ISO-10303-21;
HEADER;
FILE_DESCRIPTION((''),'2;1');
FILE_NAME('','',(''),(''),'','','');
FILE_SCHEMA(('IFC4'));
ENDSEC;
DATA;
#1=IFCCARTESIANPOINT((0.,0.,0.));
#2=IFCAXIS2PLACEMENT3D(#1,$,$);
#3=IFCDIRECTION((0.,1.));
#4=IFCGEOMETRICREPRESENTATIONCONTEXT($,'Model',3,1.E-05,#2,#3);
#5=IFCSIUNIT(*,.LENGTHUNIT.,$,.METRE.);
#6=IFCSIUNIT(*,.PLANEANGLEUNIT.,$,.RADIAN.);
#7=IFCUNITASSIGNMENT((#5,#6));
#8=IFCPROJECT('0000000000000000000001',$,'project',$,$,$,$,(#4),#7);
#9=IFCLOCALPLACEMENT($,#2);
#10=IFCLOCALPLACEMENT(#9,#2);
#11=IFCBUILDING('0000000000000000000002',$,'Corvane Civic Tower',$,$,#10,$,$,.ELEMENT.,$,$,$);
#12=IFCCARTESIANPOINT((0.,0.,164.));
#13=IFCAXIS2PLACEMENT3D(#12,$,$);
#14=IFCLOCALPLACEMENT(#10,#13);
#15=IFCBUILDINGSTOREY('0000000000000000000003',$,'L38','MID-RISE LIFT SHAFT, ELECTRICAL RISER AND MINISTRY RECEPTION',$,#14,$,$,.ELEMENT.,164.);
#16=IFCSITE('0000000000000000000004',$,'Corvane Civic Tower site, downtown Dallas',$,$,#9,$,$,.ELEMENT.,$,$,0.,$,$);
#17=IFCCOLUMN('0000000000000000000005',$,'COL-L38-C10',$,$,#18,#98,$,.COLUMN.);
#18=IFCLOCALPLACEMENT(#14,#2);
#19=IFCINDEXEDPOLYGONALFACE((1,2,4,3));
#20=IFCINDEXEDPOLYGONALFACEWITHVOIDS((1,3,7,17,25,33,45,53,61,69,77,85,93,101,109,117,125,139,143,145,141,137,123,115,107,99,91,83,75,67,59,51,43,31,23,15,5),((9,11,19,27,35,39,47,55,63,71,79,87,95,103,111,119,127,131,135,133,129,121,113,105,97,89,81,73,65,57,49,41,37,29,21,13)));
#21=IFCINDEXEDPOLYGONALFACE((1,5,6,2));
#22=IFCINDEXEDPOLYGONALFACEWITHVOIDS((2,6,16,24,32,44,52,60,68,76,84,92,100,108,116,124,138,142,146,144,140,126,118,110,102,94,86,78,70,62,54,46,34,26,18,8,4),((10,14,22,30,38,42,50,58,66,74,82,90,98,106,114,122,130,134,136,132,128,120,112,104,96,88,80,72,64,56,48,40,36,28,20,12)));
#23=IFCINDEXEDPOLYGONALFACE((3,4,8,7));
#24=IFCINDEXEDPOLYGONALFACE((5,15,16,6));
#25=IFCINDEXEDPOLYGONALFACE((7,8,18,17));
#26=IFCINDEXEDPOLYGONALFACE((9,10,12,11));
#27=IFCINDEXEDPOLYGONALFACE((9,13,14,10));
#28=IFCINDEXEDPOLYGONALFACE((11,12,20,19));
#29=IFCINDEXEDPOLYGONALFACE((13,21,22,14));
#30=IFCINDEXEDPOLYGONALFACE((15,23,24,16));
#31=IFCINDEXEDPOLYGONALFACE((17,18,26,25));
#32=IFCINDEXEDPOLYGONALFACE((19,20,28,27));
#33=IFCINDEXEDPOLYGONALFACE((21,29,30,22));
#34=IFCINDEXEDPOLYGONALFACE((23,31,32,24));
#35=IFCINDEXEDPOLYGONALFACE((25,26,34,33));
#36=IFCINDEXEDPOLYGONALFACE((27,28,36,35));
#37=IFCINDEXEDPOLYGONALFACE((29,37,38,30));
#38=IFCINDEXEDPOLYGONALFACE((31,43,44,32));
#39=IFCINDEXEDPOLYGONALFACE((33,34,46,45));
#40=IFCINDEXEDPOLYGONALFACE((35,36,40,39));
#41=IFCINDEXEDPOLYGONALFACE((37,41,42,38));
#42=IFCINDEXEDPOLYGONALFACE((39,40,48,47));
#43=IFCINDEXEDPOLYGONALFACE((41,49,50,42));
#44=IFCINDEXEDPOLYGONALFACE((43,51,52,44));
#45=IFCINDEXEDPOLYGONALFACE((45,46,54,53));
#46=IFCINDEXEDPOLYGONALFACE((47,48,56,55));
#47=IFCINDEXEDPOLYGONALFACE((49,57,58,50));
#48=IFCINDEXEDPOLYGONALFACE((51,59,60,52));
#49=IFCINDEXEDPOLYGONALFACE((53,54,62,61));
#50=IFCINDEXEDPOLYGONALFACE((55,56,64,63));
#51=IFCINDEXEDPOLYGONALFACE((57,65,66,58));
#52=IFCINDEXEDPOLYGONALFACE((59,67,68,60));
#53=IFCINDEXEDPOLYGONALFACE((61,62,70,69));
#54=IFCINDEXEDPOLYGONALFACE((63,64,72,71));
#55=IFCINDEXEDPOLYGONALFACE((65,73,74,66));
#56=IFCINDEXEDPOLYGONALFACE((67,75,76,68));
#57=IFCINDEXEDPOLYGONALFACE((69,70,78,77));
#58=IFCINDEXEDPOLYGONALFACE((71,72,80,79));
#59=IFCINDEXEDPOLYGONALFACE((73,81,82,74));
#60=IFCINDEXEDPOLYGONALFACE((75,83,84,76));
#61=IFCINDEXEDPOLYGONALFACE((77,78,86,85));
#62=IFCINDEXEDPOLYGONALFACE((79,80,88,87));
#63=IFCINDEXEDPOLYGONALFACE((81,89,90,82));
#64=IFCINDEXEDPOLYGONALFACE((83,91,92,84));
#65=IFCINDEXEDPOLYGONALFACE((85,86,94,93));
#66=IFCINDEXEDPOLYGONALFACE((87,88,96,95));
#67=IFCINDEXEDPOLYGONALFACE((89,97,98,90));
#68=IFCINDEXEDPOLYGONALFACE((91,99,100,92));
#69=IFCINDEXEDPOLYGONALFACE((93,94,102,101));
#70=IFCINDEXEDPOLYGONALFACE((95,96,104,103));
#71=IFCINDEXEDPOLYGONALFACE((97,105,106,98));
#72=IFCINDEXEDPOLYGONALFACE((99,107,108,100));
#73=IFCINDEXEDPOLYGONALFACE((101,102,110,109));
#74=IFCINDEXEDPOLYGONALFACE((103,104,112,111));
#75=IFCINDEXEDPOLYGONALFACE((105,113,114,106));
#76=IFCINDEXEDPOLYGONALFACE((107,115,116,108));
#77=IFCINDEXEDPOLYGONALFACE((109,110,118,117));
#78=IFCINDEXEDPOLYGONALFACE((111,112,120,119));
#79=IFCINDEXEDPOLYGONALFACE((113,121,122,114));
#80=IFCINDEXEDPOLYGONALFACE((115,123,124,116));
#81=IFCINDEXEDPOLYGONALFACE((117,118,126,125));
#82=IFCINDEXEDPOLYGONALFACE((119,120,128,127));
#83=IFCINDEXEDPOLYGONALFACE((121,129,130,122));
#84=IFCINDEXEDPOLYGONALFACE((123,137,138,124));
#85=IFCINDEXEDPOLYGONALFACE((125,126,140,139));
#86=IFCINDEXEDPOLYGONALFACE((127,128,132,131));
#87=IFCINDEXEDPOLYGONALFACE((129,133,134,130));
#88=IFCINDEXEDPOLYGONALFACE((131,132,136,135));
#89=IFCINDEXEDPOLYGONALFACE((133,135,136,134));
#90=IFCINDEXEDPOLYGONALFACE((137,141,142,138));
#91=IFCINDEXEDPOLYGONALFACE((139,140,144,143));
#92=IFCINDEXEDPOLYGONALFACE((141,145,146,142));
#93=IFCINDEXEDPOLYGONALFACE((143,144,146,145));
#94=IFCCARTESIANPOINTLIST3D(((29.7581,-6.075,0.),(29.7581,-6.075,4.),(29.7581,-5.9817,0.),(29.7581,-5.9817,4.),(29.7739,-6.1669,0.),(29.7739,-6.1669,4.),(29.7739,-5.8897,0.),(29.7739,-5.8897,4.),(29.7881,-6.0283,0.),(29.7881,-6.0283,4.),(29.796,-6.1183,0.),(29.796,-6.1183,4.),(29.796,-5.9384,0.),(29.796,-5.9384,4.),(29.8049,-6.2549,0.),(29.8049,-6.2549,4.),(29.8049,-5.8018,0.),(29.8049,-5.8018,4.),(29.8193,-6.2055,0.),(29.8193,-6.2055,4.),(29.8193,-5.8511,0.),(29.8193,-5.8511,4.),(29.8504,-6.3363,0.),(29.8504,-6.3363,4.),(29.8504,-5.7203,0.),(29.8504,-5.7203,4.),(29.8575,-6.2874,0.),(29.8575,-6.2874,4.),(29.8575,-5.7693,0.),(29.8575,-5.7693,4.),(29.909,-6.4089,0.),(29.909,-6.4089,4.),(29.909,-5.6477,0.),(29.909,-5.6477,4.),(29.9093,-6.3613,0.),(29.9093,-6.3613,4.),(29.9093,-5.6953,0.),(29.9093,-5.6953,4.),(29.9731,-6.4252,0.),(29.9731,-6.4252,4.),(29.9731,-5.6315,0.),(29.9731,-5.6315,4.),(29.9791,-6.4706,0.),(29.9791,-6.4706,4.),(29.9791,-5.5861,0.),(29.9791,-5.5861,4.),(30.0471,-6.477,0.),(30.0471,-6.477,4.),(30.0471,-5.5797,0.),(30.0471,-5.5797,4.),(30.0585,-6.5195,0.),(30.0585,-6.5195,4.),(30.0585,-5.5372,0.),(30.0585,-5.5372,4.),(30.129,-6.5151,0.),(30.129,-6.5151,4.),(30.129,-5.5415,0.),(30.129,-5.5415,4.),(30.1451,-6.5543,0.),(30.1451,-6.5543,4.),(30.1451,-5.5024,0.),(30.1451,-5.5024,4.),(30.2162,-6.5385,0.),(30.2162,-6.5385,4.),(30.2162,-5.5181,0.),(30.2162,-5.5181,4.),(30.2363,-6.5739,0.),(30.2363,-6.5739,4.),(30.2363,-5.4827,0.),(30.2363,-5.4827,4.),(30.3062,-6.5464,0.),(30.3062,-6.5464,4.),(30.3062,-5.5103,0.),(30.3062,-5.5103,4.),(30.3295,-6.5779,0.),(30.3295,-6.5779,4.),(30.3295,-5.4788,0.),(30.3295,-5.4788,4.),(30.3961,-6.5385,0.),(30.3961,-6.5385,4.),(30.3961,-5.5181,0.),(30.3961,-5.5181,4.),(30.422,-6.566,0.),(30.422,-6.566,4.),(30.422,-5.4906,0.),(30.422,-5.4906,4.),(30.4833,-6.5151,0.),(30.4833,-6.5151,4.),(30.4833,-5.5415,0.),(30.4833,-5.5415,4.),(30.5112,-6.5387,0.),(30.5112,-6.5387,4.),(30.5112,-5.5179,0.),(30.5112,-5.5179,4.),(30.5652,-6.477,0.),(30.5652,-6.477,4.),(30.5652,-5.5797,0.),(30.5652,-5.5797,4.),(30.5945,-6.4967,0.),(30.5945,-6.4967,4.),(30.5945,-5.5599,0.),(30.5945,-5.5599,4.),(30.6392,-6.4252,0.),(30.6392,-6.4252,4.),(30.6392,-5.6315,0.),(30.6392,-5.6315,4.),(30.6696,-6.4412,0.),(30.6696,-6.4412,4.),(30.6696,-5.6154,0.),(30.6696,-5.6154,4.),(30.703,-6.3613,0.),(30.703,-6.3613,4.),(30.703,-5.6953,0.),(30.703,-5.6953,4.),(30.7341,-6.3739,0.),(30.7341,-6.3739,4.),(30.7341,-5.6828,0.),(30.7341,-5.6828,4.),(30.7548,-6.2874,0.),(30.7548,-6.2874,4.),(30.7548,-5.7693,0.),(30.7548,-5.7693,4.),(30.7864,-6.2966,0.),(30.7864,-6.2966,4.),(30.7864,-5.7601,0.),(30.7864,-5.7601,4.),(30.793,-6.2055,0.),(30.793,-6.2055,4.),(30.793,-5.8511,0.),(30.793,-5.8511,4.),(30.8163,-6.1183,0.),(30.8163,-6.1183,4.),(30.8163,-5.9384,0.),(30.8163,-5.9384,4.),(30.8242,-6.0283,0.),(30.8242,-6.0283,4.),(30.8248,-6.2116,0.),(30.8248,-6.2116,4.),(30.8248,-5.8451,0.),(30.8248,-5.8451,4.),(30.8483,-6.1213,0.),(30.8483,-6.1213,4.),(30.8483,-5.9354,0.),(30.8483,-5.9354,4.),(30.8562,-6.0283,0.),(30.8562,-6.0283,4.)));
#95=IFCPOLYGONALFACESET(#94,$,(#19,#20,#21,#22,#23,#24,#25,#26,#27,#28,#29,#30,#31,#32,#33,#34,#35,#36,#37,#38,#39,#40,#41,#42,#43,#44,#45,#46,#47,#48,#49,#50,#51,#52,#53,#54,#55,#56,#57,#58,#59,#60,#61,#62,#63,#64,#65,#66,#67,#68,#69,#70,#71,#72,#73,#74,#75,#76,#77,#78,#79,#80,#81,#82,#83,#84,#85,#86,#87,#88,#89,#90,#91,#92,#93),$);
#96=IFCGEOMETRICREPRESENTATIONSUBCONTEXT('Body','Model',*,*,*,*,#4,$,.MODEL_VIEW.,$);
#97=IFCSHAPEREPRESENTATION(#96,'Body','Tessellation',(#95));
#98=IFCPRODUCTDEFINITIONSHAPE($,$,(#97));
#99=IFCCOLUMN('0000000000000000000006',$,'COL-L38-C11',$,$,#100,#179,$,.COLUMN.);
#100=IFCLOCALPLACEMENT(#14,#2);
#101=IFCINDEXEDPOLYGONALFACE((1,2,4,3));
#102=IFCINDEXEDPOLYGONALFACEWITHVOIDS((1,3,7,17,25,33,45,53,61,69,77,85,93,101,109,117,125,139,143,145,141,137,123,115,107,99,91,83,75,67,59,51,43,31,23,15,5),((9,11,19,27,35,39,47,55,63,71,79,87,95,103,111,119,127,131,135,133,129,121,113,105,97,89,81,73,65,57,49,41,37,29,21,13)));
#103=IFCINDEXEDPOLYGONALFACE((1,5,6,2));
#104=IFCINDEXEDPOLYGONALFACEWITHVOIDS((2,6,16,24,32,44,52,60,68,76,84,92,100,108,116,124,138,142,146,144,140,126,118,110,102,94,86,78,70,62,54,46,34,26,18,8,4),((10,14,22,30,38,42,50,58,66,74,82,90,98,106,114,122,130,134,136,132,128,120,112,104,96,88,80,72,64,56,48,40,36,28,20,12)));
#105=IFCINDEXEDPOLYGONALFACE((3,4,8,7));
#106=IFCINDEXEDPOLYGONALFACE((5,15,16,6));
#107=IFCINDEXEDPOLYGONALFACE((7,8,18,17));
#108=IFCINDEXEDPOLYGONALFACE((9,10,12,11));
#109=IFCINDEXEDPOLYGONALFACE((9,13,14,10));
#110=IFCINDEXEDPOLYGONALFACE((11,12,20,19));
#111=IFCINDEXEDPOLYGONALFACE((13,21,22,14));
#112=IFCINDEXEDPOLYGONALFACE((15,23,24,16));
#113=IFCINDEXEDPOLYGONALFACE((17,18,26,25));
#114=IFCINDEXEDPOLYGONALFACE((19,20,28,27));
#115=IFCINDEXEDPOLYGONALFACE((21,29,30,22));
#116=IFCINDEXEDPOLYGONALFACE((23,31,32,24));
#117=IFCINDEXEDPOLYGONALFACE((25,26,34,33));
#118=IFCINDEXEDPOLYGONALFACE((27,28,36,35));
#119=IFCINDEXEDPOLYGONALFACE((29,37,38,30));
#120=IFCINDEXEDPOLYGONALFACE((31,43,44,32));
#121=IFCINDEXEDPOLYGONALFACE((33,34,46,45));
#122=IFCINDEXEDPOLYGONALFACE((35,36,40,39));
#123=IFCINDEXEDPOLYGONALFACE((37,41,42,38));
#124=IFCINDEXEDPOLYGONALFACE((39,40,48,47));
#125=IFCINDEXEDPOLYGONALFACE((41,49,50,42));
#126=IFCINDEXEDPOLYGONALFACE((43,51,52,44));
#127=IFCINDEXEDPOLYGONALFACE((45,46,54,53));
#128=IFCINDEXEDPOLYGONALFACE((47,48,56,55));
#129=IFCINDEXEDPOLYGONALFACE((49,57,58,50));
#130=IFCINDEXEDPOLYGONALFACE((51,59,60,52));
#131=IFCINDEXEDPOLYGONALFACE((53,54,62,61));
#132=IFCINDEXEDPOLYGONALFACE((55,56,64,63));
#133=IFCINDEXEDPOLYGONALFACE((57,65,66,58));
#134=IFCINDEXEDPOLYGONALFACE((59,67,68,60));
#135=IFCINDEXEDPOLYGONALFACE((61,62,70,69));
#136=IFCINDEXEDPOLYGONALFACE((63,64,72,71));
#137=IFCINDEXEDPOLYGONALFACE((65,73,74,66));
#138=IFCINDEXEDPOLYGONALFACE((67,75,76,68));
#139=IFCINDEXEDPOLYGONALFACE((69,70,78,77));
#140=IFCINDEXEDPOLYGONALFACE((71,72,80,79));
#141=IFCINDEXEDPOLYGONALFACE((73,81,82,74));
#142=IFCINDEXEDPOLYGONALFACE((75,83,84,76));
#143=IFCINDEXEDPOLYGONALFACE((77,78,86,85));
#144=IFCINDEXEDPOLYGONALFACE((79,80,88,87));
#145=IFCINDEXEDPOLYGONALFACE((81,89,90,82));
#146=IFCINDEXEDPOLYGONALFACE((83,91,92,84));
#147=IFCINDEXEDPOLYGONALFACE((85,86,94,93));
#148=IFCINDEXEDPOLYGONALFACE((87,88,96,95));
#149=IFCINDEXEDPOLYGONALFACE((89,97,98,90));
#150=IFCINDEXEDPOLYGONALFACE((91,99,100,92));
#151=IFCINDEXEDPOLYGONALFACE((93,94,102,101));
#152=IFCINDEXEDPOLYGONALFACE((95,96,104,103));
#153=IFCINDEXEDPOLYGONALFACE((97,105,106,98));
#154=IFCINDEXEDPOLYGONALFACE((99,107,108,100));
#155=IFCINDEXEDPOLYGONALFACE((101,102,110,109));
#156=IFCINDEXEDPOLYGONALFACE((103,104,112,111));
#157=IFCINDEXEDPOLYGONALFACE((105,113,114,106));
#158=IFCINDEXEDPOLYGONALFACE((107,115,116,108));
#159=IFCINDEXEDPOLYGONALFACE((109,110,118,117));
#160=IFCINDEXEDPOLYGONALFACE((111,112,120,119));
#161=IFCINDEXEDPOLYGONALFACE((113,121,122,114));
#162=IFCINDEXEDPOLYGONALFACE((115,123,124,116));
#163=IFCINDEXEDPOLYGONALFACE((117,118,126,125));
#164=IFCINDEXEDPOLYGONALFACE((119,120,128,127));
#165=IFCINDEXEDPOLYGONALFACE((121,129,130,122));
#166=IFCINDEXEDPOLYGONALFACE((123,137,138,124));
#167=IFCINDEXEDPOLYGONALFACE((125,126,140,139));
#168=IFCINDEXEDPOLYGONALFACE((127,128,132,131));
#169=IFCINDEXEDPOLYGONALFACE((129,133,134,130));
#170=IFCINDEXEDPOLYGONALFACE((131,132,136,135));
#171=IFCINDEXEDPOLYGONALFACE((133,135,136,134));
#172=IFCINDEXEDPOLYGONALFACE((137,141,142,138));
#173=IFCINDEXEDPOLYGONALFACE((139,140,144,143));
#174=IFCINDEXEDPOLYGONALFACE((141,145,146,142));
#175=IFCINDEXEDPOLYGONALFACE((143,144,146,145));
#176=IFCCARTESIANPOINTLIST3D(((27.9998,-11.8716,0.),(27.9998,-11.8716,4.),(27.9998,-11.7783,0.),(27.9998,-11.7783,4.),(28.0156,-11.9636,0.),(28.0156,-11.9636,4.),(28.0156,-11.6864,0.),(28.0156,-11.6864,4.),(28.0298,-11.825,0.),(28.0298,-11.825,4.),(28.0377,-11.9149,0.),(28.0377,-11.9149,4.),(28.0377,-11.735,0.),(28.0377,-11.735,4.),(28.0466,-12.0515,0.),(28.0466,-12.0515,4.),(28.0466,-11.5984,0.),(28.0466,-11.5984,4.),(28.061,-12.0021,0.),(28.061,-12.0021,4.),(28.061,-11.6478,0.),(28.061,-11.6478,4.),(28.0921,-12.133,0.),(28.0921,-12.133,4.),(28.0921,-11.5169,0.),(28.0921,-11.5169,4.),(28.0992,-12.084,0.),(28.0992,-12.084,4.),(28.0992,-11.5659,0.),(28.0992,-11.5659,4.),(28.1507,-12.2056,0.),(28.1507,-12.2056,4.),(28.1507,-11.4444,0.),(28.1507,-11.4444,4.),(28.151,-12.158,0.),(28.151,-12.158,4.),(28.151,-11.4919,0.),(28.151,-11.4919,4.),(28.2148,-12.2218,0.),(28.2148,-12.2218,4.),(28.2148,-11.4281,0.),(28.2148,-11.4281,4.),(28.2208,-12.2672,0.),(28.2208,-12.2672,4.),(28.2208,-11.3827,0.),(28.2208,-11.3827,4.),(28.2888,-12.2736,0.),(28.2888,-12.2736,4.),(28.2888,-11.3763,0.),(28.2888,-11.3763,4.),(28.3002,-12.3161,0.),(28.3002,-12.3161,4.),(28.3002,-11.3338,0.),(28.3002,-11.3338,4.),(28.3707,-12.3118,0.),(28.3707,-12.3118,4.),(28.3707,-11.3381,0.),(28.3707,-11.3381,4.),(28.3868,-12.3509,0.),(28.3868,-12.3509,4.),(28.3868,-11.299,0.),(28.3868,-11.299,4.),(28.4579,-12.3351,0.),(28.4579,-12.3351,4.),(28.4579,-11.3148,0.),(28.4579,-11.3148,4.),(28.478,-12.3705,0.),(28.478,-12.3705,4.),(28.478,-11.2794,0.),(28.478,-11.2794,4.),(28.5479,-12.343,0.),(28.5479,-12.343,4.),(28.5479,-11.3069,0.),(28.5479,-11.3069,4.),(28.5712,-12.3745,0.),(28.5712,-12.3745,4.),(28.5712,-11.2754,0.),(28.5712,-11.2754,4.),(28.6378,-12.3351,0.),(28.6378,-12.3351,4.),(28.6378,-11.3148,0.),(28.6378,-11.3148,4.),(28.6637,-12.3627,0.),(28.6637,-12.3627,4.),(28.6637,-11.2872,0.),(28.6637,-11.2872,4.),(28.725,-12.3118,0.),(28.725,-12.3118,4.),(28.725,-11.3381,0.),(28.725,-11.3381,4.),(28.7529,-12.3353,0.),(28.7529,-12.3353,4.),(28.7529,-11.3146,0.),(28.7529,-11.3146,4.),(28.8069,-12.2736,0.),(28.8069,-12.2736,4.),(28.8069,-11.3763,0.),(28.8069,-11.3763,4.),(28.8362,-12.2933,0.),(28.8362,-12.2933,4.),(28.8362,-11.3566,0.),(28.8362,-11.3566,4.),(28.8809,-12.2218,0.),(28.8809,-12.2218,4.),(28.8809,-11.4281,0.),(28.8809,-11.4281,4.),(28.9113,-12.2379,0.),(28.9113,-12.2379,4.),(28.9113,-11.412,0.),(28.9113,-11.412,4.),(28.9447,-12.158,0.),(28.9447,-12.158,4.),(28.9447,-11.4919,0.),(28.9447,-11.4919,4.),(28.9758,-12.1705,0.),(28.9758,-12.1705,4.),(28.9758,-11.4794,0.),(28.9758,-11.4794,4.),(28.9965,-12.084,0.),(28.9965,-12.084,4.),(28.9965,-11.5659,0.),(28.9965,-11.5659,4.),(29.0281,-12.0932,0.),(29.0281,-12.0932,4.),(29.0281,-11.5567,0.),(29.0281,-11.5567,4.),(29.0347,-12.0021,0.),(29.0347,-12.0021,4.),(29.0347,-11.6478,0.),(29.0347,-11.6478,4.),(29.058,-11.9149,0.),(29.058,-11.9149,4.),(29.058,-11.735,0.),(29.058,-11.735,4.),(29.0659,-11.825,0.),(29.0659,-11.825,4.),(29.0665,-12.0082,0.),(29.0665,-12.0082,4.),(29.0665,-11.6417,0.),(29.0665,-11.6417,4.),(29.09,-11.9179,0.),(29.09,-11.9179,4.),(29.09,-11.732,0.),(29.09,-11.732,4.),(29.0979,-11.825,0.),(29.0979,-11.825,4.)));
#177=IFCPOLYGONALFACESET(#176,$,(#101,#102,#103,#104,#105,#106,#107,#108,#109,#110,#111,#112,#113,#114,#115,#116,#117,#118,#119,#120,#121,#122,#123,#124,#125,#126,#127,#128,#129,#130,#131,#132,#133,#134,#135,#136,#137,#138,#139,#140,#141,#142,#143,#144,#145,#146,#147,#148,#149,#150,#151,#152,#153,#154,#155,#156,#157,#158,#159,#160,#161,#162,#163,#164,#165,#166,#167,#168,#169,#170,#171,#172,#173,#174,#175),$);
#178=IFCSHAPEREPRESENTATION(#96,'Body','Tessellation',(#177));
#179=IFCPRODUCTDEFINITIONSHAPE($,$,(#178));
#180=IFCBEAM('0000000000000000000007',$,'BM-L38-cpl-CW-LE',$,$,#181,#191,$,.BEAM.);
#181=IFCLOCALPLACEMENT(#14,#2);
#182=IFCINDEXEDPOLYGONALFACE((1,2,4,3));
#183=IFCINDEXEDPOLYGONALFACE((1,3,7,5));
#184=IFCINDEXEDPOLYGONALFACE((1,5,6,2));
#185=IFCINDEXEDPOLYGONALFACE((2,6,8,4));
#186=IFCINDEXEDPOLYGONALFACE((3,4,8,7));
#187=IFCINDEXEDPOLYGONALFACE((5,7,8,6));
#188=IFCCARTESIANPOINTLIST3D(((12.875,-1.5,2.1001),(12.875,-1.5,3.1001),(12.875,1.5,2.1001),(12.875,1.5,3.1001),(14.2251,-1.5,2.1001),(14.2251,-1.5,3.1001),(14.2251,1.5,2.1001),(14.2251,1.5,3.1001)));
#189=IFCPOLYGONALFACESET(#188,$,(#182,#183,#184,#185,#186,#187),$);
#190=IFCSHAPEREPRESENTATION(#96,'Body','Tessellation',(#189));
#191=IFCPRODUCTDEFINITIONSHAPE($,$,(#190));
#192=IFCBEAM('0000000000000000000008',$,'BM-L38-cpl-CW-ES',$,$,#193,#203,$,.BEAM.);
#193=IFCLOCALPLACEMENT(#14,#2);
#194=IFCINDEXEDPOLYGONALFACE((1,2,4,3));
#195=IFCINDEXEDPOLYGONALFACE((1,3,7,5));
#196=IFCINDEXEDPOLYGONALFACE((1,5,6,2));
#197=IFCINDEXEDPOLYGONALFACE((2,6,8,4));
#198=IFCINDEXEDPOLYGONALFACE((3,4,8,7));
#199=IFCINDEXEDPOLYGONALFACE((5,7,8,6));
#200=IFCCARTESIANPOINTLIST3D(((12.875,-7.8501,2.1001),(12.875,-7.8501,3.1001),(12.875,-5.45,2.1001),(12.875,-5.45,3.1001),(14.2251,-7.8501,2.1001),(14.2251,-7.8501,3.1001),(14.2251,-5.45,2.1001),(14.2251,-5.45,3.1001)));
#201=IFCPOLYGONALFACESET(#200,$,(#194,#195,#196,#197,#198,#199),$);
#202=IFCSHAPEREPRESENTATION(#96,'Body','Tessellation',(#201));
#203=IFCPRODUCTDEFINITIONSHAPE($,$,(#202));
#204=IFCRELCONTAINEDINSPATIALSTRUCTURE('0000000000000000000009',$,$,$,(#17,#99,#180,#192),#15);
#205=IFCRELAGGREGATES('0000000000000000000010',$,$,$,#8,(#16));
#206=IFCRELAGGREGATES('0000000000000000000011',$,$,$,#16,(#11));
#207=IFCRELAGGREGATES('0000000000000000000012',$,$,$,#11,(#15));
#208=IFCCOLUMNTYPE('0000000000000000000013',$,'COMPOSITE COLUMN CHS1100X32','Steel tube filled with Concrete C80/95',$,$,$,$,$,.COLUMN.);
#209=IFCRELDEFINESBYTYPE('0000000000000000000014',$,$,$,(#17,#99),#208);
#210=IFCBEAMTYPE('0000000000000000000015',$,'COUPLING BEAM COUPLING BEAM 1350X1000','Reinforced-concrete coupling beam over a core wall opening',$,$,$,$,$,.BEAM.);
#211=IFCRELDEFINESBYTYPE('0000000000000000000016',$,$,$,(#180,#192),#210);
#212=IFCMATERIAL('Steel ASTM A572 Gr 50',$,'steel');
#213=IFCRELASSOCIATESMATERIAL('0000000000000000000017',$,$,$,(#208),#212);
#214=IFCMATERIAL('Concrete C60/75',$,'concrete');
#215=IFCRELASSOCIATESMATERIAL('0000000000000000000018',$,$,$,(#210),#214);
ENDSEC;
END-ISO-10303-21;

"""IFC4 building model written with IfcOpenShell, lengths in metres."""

from ifc_helpers import new_model, si_unit, direction, frame, origin, origin_2d, place, context, subcontext, project, spatial, rectangle, hollow_circle, extrude, material, material_profile, profile_set, type_object, element, save


model = new_model("IFC4")

# Units and contexts
model_context = context("Model", 3, precision=1e-05, world=origin(), true_north=direction((0.0, 1.0)))
body_context = subcontext(model_context, "Body", "Model", "MODEL_VIEW")
ifc_project = project(units=[si_unit("LENGTHUNIT", "METRE"), si_unit("PLANEANGLEUNIT", "RADIAN")], contexts=[model_context])

# Site, building, storey
site_placement = place(None, origin())
site = spatial("IfcSite", under=ifc_project, at=site_placement, Name="Corvane Civic Tower site, downtown Dallas", CompositionType="ELEMENT", RefElevation=0.0)
building_placement = place(site_placement, origin())
building = spatial("IfcBuilding", under=site, at=building_placement, Name="Corvane Civic Tower", CompositionType="ELEMENT")
storey_placement = place(building_placement, frame((0.0, 0.0, 164.0)))
storey = spatial("IfcBuildingStorey", under=building, at=storey_placement, Name="L38", Description="MID-RISE LIFT SHAFT, ELECTRICAL RISER AND MINISTRY RECEPTION", CompositionType="ELEMENT", Elevation=164.0)

# Columns
ifc_material_1 = material(Name="Steel ASTM A572 Gr 50", Category="steel")
ifc_material_profile_1 = material_profile(ifc_material_1, hollow_circle(Radius=0.55, WallThickness=0.032, at=origin_2d()), Name="CHS1100X32")
ifc_profile_set_1 = profile_set([ifc_material_profile_1], Name="Steel ASTM A572 Gr 50")
column_type = type_object("IfcColumnType", Name="COMPOSITE COLUMN CHS1100X32", Description="Steel tube filled with Concrete C80/95", PredefinedType="COLUMN", material=ifc_profile_set_1)
for number, where, z_axis, x_axis, name in (
    (1, (30.3062, -6.0283, 0.0), (0.0, 0.0, 1.0), (1.0, 0.0, 0.0), "COL-L38-C10"),
    (2, (28.5479, -11.825, 0.0), (0.0, 0.0, 1.0), (1.0, 0.0, 0.0), "COL-L38-C11"),
):
    element("IfcColumn", number, at=place(storey_placement, frame(where, z_axis=z_axis, x_axis=x_axis)), inside=storey, type_object=column_type, Name=name, PredefinedType="COLUMN", context=body_context, shape_type="SweptSolid", body=[
        extrude(hollow_circle(Radius=0.55, WallThickness=0.032, at=origin_2d()), origin(), (0.0, 0.0, 1.0), 4.0),
    ])

# Beams
ifc_material_2 = material(Name="Concrete C60/75", Category="concrete")
ifc_material_profile_2 = material_profile(ifc_material_2, rectangle(XDim=1.3501, YDim=1.0, at=origin_2d()), Name="COUPLING BEAM 1350X1000")
ifc_profile_set_2 = profile_set([ifc_material_profile_2], Name="Concrete C60/75")
beam_type_1 = type_object("IfcBeamType", Name="COUPLING BEAM COUPLING BEAM 1350X1000", Description="Reinforced-concrete coupling beam over a core wall opening", PredefinedType="BEAM", material=ifc_profile_set_2)
beam_1_placement = place(storey_placement, frame((13.55, -1.5, 2.6001), z_axis=(0.0, 1.0, 0.0), x_axis=(-1.0, 0.0, 0.0)))
element("IfcBeam", 3, at=beam_1_placement, inside=storey, type_object=beam_type_1, Name="BM-L38-cpl-CW-LE", PredefinedType="BEAM", context=body_context, shape_type="SweptSolid", body=[
    extrude(rectangle(XDim=1.3501, YDim=1.0, at=origin_2d()), origin(), (0.0, 0.0, 1.0), 3.0),
])
beam_2_placement = place(storey_placement, frame((13.55, -7.8501, 2.6001), z_axis=(0.0, 1.0, 0.0), x_axis=(-1.0, 0.0, 0.0)))
element("IfcBeam", 4, at=beam_2_placement, inside=storey, type_object=beam_type_1, Name="BM-L38-cpl-CW-ES", PredefinedType="BEAM", context=body_context, shape_type="SweptSolid", body=[
    extrude(rectangle(XDim=1.3501, YDim=1.0, at=origin_2d()), origin(), (0.0, 0.0, 1.0), 2.4001),
])

save(model, "model.ifc")
